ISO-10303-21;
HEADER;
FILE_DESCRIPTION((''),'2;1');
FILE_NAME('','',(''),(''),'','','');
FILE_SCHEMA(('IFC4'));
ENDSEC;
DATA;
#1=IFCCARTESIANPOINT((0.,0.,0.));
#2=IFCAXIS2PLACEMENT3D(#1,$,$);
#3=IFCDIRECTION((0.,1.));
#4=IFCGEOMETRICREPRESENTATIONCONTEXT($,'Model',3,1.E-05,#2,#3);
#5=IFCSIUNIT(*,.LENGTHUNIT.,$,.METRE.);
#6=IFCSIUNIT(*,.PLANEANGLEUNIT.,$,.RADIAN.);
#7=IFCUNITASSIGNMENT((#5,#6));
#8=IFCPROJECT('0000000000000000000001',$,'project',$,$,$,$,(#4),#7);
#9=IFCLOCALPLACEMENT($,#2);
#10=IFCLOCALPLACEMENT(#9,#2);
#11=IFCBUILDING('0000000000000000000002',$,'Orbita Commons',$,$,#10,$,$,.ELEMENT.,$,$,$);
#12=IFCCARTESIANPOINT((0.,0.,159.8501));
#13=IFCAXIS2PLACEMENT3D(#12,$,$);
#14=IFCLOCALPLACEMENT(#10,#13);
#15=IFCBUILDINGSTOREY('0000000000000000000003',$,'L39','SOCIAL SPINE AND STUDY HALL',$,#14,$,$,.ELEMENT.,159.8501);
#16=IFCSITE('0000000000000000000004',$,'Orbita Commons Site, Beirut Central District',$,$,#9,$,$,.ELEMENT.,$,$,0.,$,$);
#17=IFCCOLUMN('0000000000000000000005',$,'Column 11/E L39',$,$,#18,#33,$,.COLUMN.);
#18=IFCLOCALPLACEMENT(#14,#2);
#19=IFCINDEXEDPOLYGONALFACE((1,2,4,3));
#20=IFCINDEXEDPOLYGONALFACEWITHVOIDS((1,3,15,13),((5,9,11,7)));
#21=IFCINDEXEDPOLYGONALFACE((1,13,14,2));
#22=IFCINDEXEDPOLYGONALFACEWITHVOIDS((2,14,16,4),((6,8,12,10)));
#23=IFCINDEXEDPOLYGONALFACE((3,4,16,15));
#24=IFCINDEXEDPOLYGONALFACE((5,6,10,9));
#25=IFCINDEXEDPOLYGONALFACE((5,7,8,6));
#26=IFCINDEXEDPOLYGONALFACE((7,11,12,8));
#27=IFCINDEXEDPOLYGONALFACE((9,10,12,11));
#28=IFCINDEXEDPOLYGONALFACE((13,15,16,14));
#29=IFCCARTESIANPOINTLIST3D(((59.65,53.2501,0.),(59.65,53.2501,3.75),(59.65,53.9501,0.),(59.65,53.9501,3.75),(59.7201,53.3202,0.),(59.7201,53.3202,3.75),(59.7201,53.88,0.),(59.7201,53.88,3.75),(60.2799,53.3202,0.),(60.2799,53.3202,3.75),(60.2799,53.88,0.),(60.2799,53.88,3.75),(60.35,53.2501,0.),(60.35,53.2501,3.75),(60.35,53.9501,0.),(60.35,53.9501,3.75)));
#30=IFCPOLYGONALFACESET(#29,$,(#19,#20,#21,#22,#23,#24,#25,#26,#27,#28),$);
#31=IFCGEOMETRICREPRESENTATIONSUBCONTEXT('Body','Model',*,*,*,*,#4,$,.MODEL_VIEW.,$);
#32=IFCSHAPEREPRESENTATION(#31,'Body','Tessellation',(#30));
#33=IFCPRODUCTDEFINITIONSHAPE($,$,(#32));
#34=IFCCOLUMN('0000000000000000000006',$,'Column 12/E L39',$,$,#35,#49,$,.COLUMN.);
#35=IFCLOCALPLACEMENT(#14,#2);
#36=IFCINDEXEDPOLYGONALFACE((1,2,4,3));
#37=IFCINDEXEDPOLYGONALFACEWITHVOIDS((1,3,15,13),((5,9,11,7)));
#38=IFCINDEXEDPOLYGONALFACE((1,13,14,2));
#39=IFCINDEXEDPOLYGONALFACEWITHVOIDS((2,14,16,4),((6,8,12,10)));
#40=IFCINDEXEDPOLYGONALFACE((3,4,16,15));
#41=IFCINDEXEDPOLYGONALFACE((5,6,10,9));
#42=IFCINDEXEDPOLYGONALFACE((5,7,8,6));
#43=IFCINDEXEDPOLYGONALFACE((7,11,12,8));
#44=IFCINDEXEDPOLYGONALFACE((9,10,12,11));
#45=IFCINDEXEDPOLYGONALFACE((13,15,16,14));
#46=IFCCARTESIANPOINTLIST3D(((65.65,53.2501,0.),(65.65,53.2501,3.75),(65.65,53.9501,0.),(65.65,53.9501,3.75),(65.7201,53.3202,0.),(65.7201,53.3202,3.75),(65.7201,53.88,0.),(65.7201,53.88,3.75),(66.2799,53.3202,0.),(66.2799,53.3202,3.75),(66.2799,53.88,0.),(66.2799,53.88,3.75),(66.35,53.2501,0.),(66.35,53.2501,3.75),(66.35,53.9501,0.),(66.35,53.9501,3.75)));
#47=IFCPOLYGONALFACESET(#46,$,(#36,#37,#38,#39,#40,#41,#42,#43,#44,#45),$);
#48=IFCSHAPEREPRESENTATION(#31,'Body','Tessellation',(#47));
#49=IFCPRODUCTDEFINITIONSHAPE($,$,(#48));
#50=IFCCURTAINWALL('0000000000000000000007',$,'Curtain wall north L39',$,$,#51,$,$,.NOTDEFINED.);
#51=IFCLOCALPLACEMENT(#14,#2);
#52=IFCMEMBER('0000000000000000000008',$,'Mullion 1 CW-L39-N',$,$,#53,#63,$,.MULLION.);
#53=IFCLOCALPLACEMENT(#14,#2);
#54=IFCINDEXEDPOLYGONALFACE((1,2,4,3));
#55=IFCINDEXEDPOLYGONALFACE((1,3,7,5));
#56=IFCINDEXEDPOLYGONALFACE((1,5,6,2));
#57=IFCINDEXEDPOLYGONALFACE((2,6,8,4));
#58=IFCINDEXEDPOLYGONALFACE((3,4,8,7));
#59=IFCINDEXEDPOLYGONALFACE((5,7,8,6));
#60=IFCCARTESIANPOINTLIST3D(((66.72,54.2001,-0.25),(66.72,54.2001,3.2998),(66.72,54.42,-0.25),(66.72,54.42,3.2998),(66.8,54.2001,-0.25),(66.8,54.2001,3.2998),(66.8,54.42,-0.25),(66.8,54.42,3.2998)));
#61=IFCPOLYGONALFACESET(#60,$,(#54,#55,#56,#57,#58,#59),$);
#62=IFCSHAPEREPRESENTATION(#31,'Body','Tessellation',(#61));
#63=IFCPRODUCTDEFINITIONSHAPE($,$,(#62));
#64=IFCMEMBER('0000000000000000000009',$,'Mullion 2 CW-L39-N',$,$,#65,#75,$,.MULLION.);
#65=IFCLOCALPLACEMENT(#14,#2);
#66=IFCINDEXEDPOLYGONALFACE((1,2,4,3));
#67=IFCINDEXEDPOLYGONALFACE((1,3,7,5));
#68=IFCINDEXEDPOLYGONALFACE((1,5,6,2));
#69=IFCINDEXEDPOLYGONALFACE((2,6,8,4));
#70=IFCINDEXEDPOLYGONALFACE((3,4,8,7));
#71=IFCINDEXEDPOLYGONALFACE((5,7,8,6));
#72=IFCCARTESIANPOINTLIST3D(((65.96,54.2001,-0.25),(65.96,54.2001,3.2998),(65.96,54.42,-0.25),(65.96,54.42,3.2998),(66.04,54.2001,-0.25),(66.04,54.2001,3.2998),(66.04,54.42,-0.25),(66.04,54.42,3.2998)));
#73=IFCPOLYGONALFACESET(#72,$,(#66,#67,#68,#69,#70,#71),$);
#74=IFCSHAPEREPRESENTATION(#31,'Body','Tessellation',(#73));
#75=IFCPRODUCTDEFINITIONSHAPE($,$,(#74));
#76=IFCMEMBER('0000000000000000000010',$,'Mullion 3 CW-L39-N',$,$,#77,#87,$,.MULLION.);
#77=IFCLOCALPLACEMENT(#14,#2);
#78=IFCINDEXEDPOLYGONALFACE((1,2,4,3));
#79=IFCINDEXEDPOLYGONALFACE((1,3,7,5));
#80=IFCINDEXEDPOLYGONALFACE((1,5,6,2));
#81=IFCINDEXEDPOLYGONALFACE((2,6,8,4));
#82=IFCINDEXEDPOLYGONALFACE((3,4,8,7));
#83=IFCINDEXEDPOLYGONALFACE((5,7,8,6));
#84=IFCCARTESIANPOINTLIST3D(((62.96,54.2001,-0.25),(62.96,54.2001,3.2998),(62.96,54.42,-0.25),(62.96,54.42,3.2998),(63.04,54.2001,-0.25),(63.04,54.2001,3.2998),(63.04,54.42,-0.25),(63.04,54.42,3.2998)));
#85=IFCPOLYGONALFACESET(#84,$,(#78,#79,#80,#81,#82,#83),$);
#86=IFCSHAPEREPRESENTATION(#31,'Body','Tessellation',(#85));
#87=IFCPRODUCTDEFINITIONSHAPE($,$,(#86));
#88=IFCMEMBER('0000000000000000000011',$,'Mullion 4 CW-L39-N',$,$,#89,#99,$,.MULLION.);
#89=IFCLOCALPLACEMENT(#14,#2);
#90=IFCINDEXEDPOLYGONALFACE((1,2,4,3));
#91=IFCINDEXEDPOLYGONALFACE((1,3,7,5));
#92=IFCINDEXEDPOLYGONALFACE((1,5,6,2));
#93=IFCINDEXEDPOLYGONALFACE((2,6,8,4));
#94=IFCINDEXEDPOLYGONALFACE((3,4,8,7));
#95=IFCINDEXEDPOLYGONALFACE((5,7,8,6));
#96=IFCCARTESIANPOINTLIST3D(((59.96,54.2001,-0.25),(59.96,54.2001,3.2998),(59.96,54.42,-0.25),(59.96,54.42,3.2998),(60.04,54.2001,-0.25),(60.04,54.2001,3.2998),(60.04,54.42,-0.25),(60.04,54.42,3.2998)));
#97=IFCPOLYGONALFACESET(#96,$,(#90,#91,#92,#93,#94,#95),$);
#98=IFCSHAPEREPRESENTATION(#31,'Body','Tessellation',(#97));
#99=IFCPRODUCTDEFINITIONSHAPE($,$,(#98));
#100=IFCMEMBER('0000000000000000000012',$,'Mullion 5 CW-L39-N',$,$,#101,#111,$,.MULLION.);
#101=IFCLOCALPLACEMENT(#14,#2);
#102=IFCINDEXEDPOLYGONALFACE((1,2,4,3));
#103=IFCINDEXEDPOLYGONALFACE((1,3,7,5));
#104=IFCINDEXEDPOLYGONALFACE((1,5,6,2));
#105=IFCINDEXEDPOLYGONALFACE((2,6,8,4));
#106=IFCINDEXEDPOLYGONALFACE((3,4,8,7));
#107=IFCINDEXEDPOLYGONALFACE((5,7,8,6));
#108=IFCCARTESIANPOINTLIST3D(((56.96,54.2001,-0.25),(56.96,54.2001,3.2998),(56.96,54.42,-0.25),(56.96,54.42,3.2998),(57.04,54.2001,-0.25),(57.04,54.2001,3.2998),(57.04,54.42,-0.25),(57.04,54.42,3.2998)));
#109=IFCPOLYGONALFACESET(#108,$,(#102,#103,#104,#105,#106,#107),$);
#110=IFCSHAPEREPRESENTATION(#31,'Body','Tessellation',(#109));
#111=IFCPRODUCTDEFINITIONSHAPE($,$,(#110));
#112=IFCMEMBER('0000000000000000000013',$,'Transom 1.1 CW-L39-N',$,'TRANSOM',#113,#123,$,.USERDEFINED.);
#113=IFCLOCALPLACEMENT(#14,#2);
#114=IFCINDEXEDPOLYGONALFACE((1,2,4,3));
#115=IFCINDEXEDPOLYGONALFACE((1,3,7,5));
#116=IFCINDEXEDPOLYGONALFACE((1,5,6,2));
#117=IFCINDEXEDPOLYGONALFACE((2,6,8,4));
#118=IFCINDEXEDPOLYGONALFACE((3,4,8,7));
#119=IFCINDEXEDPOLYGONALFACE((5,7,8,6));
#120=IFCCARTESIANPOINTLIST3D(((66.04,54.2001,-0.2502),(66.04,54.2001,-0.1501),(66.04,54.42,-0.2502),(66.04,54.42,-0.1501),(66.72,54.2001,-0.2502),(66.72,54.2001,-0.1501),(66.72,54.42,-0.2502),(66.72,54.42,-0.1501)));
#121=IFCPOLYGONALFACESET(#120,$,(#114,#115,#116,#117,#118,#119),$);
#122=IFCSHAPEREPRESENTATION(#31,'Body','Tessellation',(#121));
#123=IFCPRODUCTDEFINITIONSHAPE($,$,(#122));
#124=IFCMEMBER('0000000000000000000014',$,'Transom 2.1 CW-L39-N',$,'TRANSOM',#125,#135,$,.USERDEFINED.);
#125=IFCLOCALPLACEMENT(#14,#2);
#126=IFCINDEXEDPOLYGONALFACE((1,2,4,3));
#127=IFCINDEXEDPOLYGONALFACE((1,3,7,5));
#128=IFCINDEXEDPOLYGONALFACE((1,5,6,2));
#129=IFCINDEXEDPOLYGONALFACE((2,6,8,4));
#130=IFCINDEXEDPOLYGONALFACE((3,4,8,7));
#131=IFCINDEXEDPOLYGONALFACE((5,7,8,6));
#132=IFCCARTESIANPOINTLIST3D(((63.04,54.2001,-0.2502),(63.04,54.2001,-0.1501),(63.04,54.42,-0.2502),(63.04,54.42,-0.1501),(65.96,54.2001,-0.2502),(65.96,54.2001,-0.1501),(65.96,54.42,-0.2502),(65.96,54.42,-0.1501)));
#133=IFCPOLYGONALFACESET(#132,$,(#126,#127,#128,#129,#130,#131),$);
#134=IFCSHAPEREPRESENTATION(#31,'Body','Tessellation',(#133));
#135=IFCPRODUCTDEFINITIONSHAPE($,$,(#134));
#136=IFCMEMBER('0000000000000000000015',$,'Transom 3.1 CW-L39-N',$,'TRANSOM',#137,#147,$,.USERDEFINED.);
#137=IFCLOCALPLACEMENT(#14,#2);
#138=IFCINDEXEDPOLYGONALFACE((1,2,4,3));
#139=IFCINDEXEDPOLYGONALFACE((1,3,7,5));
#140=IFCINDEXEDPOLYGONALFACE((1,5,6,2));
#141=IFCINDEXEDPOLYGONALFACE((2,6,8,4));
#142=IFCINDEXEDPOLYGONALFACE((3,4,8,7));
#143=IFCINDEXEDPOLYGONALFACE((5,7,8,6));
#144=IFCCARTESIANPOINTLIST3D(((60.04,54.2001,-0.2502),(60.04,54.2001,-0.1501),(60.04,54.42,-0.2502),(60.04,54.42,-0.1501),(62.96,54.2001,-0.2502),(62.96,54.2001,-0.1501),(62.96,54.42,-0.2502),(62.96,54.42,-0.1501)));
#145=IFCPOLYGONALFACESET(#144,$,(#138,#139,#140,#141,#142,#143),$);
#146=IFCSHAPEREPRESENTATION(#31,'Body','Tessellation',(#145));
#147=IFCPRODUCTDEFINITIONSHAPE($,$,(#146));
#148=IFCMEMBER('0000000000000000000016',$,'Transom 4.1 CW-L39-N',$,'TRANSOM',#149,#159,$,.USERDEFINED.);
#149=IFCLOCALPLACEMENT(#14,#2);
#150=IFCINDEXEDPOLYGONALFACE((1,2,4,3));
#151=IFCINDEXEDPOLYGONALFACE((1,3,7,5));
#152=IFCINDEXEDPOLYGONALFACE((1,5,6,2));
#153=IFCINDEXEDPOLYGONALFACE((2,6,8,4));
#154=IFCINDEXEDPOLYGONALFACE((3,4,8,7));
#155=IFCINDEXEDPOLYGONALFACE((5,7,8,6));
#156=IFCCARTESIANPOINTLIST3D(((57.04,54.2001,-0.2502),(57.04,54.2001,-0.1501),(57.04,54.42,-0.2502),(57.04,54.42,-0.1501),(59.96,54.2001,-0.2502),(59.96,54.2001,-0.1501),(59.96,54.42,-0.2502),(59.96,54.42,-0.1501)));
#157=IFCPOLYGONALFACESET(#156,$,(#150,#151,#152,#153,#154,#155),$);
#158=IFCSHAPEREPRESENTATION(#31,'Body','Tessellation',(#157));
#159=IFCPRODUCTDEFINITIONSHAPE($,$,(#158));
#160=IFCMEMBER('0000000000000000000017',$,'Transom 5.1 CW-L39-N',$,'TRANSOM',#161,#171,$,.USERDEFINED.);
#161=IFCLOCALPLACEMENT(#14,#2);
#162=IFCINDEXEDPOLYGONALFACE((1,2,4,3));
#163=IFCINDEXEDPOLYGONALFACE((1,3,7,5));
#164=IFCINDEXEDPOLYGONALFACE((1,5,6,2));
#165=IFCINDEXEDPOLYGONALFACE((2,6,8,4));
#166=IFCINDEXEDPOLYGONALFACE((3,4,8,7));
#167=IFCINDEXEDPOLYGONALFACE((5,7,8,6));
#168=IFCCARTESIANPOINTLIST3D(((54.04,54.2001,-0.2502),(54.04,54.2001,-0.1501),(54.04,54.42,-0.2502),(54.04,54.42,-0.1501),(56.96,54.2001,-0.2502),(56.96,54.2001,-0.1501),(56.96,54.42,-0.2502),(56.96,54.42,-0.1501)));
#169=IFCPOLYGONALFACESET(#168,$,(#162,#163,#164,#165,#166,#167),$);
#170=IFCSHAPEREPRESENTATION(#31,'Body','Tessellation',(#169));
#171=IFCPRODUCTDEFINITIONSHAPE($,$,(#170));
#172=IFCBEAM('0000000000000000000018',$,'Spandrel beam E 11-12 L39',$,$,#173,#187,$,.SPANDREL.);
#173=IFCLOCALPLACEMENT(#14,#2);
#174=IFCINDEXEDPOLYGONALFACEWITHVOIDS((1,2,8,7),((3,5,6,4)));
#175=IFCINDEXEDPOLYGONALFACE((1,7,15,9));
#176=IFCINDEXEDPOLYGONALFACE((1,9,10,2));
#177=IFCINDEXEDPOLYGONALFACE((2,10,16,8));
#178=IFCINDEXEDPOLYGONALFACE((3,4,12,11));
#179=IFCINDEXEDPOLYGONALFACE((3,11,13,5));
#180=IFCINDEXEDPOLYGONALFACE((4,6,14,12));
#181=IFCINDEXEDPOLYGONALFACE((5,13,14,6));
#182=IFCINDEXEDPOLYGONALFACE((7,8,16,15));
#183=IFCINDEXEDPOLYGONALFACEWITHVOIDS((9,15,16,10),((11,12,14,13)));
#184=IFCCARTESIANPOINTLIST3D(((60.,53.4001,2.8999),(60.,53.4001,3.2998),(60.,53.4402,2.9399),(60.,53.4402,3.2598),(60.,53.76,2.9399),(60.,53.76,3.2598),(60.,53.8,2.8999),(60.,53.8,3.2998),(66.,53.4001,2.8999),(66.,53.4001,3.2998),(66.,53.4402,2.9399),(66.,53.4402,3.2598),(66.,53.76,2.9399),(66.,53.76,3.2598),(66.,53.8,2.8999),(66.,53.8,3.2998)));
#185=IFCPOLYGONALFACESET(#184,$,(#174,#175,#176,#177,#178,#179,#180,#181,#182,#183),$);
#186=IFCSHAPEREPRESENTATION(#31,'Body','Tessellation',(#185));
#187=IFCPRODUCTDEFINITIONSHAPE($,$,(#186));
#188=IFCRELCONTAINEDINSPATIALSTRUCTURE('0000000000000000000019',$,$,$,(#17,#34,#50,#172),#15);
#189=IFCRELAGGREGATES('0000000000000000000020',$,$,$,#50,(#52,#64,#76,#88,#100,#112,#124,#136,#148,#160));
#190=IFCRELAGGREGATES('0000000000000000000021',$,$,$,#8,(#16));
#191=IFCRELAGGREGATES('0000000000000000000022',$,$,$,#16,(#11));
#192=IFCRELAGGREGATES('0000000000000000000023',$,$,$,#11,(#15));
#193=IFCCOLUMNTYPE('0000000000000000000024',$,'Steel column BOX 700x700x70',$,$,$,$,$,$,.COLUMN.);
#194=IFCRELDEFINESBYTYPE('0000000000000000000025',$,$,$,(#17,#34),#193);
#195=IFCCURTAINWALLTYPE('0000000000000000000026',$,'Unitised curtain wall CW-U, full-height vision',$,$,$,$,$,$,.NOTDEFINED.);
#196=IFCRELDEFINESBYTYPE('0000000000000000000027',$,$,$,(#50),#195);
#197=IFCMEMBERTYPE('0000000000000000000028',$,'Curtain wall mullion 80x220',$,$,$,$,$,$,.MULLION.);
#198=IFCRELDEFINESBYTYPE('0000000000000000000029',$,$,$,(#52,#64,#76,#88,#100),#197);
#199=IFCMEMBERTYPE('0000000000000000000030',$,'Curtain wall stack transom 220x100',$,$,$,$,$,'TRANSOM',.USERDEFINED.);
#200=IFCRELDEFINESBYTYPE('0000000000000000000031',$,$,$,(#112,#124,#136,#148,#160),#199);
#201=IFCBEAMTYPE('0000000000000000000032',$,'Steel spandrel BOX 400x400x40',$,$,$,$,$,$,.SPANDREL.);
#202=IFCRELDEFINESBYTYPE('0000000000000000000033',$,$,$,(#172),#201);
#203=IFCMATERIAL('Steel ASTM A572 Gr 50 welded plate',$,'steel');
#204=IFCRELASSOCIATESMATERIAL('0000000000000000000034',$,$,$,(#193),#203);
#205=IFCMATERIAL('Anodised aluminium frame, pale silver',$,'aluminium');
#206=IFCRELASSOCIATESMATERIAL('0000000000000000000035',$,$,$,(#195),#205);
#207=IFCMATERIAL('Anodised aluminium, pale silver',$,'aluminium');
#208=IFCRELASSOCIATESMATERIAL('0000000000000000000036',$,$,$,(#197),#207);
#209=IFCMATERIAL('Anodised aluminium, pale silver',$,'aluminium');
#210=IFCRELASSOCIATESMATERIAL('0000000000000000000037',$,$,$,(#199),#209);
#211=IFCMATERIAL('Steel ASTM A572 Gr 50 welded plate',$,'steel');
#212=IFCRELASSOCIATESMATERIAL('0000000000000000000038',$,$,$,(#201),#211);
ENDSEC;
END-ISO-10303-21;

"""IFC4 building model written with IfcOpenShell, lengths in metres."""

from ifc_helpers import new_model, si_unit, direction, frame, origin, origin_2d, place, context, subcontext, project, spatial, rectangle, hollow_rectangle, extrude, material, material_profile, profile_set, type_object, element, aggregate, save


model = new_model("IFC4")

# Units and contexts
model_context = context("Model", 3, precision=1e-05, world=origin(), true_north=direction((0.0, 1.0)))
body_context = subcontext(model_context, "Body", "Model", "MODEL_VIEW")
ifc_project = project(units=[si_unit("LENGTHUNIT", "METRE"), si_unit("PLANEANGLEUNIT", "RADIAN")], contexts=[model_context])

# Site, building, storey
site_placement = place(None, origin())
site = spatial("IfcSite", under=ifc_project, at=site_placement, Name="Orbita Commons Site, Beirut Central District", CompositionType="ELEMENT", RefElevation=0.0)
building_placement = place(site_placement, origin())
building = spatial("IfcBuilding", under=site, at=building_placement, Name="Orbita Commons", CompositionType="ELEMENT")
storey_placement = place(building_placement, frame((0.0, 0.0, 159.8501)))
storey = spatial("IfcBuildingStorey", under=building, at=storey_placement, Name="L39", Description="SOCIAL SPINE AND STUDY HALL", CompositionType="ELEMENT", Elevation=159.8501)

# Columns
ifc_material_1 = material(Name="Steel ASTM A572 Gr 50 welded plate", Category="steel")
ifc_material_profile_1 = material_profile(ifc_material_1, hollow_rectangle(XDim=0.7, YDim=0.7, WallThickness=0.0701, at=origin_2d()), Name="BOX 700x700x70")
ifc_profile_set_1 = profile_set([ifc_material_profile_1], Name="Steel ASTM A572 Gr 50 welded plate")
column_type = type_object("IfcColumnType", Name="Steel column BOX 700x700x70", PredefinedType="COLUMN", material=ifc_profile_set_1)
for number, where, z_axis, x_axis, name in (
    (1, (60.0, 53.6001, 0.0), (0.0, 0.0, 1.0), (1.0, 0.0, 0.0), "Column 11/E L39"),
    (2, (66.0, 53.6001, 0.0), (0.0, 0.0, 1.0), (1.0, 0.0, 0.0), "Column 12/E L39"),
):
    element("IfcColumn", number, at=place(storey_placement, frame(where, z_axis=z_axis, x_axis=x_axis)), inside=storey, type_object=column_type, Name=name, PredefinedType="COLUMN", context=body_context, shape_type="SweptSolid", body=[
        extrude(hollow_rectangle(XDim=0.7, YDim=0.7, WallThickness=0.0701, at=origin_2d()), origin(), (0.0, 0.0, 1.0), 3.75),
    ])

# Curtain wall, members
ifc_material_2 = material(Name="Anodised aluminium frame, pale silver", Category="aluminium")
curtain_wall_type = type_object("IfcCurtainWallType", Name="Unitised curtain wall CW-U, full-height vision", PredefinedType="NOTDEFINED", material=ifc_material_2)
curtain_wall_placement = place(storey_placement, origin())
curtain_wall = element("IfcCurtainWall", 3, at=curtain_wall_placement, inside=storey, type_object=curtain_wall_type, Name="Curtain wall north L39", PredefinedType="NOTDEFINED")
ifc_material_3 = material(Name="Anodised aluminium, pale silver", Category="aluminium")
ifc_material_profile_2 = material_profile(ifc_material_3, rectangle(XDim=0.0801, YDim=0.22, at=origin_2d()), Name="AL 80x220")
ifc_profile_set_2 = profile_set([ifc_material_profile_2], Name="Anodised aluminium, pale silver")
member_type_1 = type_object("IfcMemberType", Name="Curtain wall mullion 80x220", PredefinedType="MULLION", material=ifc_profile_set_2)
member_1_placement = place(storey_placement, frame((66.76, 54.3101, -0.25), z_axis=(0.0, 0.0, 1.0), x_axis=(-1.0, 0.0, 0.0)))
member_1 = element("IfcMember", 4, at=member_1_placement, type_object=member_type_1, Name="Mullion 1 CW-L39-N", PredefinedType="MULLION", context=body_context, shape_type="SweptSolid", body=[
    extrude(rectangle(XDim=0.0801, YDim=0.22, at=origin_2d()), origin(), (0.0, 0.0, 1.0), 3.5498),
])
member_2_placement = place(storey_placement, frame((66.0, 54.3101, -0.25), z_axis=(0.0, 0.0, 1.0), x_axis=(-1.0, 0.0, 0.0)))
member_2 = element("IfcMember", 5, at=member_2_placement, type_object=member_type_1, Name="Mullion 2 CW-L39-N", PredefinedType="MULLION", context=body_context, shape_type="SweptSolid", body=[
    extrude(rectangle(XDim=0.0801, YDim=0.22, at=origin_2d()), origin(), (0.0, 0.0, 1.0), 3.5498),
])
member_3_placement = place(storey_placement, frame((63.0, 54.3101, -0.25), z_axis=(0.0, 0.0, 1.0), x_axis=(-1.0, 0.0, 0.0)))
member_3 = element("IfcMember", 6, at=member_3_placement, type_object=member_type_1, Name="Mullion 3 CW-L39-N", PredefinedType="MULLION", context=body_context, shape_type="SweptSolid", body=[
    extrude(rectangle(XDim=0.0801, YDim=0.22, at=origin_2d()), origin(), (0.0, 0.0, 1.0), 3.5498),
])
member_4_placement = place(storey_placement, frame((60.0, 54.3101, -0.25), z_axis=(0.0, 0.0, 1.0), x_axis=(-1.0, 0.0, 0.0)))
member_4 = element("IfcMember", 7, at=member_4_placement, type_object=member_type_1, Name="Mullion 4 CW-L39-N", PredefinedType="MULLION", context=body_context, shape_type="SweptSolid", body=[
    extrude(rectangle(XDim=0.0801, YDim=0.22, at=origin_2d()), origin(), (0.0, 0.0, 1.0), 3.5498),
])
member_5_placement = place(storey_placement, frame((57.0, 54.3101, -0.25), z_axis=(0.0, 0.0, 1.0), x_axis=(-1.0, 0.0, 0.0)))
member_5 = element("IfcMember", 8, at=member_5_placement, type_object=member_type_1, Name="Mullion 5 CW-L39-N", PredefinedType="MULLION", context=body_context, shape_type="SweptSolid", body=[
    extrude(rectangle(XDim=0.0801, YDim=0.22, at=origin_2d()), origin(), (0.0, 0.0, 1.0), 3.5498),
])
ifc_material_4 = material(Name="Anodised aluminium, pale silver", Category="aluminium")
ifc_material_profile_3 = material_profile(ifc_material_4, rectangle(XDim=0.22, YDim=0.1001, at=origin_2d()), Name="AL 220x100")
ifc_profile_set_3 = profile_set([ifc_material_profile_3], Name="Anodised aluminium, pale silver")
member_type_2 = type_object("IfcMemberType", Name="Curtain wall stack transom 220x100", ElementType="TRANSOM", PredefinedType="USERDEFINED", material=ifc_profile_set_3)
member_6_placement = place(storey_placement, frame((66.72, 54.3101, -0.2002), z_axis=(-1.0, 0.0, 0.0), x_axis=(0.0, -1.0, 0.0)))
member_6 = element("IfcMember", 9, at=member_6_placement, type_object=member_type_2, Name="Transom 1.1 CW-L39-N", ObjectType="TRANSOM", PredefinedType="USERDEFINED", context=body_context, shape_type="SweptSolid", body=[
    extrude(rectangle(XDim=0.22, YDim=0.1001, at=origin_2d()), origin(), (0.0, 0.0, 1.0), 0.6799),
])
member_7_placement = place(storey_placement, frame((65.96, 54.3101, -0.2002), z_axis=(-1.0, 0.0, 0.0), x_axis=(0.0, -1.0, 0.0)))
member_7 = element("IfcMember", 10, at=member_7_placement, type_object=member_type_2, Name="Transom 2.1 CW-L39-N", ObjectType="TRANSOM", PredefinedType="USERDEFINED", context=body_context, shape_type="SweptSolid", body=[
    extrude(rectangle(XDim=0.22, YDim=0.1001, at=origin_2d()), origin(), (0.0, 0.0, 1.0), 2.9199),
])
member_8_placement = place(storey_placement, frame((62.96, 54.3101, -0.2002), z_axis=(-1.0, 0.0, 0.0), x_axis=(0.0, -1.0, 0.0)))
member_8 = element("IfcMember", 11, at=member_8_placement, type_object=member_type_2, Name="Transom 3.1 CW-L39-N", ObjectType="TRANSOM", PredefinedType="USERDEFINED", context=body_context, shape_type="SweptSolid", body=[
    extrude(rectangle(XDim=0.22, YDim=0.1001, at=origin_2d()), origin(), (0.0, 0.0, 1.0), 2.9199),
])
member_9_placement = place(storey_placement, frame((59.96, 54.3101, -0.2002), z_axis=(-1.0, 0.0, 0.0), x_axis=(0.0, -1.0, 0.0)))
member_9 = element("IfcMember", 12, at=member_9_placement, type_object=member_type_2, Name="Transom 4.1 CW-L39-N", ObjectType="TRANSOM", PredefinedType="USERDEFINED", context=body_context, shape_type="SweptSolid", body=[
    extrude(rectangle(XDim=0.22, YDim=0.1001, at=origin_2d()), origin(), (0.0, 0.0, 1.0), 2.9199),
])
member_10_placement = place(storey_placement, frame((56.96, 54.3101, -0.2002), z_axis=(-1.0, 0.0, 0.0), x_axis=(0.0, -1.0, 0.0)))
member_10 = element("IfcMember", 13, at=member_10_placement, type_object=member_type_2, Name="Transom 5.1 CW-L39-N", ObjectType="TRANSOM", PredefinedType="USERDEFINED", context=body_context, shape_type="SweptSolid", body=[
    extrude(rectangle(XDim=0.22, YDim=0.1001, at=origin_2d()), origin(), (0.0, 0.0, 1.0), 2.9199),
])

# Beam
ifc_material_5 = material(Name="Steel ASTM A572 Gr 50 welded plate", Category="steel")
ifc_material_profile_4 = material_profile(ifc_material_5, hollow_rectangle(XDim=0.3999, YDim=0.3999, WallThickness=0.04, at=origin_2d()), Name="BOX 400x400x40")
ifc_profile_set_4 = profile_set([ifc_material_profile_4], Name="Steel ASTM A572 Gr 50 welded plate")
beam_type = type_object("IfcBeamType", Name="Steel spandrel BOX 400x400x40", PredefinedType="SPANDREL", material=ifc_profile_set_4)
beam_placement = place(storey_placement, frame((60.0, 53.6001, 3.0999), z_axis=(1.0, 0.0, 0.0), x_axis=(0.0, 1.0, 0.0)))
element("IfcBeam", 14, at=beam_placement, inside=storey, type_object=beam_type, Name="Spandrel beam E 11-12 L39", PredefinedType="SPANDREL", context=body_context, shape_type="SweptSolid", body=[
    extrude(hollow_rectangle(XDim=0.3999, YDim=0.3999, WallThickness=0.04, at=origin_2d()), origin(), (0.0, 0.0, 1.0), 6.0),
])

aggregate(curtain_wall, [member_1, member_2, member_3, member_4, member_5, member_6, member_7, member_8, member_9, member_10])

save(model, "model.ifc")
